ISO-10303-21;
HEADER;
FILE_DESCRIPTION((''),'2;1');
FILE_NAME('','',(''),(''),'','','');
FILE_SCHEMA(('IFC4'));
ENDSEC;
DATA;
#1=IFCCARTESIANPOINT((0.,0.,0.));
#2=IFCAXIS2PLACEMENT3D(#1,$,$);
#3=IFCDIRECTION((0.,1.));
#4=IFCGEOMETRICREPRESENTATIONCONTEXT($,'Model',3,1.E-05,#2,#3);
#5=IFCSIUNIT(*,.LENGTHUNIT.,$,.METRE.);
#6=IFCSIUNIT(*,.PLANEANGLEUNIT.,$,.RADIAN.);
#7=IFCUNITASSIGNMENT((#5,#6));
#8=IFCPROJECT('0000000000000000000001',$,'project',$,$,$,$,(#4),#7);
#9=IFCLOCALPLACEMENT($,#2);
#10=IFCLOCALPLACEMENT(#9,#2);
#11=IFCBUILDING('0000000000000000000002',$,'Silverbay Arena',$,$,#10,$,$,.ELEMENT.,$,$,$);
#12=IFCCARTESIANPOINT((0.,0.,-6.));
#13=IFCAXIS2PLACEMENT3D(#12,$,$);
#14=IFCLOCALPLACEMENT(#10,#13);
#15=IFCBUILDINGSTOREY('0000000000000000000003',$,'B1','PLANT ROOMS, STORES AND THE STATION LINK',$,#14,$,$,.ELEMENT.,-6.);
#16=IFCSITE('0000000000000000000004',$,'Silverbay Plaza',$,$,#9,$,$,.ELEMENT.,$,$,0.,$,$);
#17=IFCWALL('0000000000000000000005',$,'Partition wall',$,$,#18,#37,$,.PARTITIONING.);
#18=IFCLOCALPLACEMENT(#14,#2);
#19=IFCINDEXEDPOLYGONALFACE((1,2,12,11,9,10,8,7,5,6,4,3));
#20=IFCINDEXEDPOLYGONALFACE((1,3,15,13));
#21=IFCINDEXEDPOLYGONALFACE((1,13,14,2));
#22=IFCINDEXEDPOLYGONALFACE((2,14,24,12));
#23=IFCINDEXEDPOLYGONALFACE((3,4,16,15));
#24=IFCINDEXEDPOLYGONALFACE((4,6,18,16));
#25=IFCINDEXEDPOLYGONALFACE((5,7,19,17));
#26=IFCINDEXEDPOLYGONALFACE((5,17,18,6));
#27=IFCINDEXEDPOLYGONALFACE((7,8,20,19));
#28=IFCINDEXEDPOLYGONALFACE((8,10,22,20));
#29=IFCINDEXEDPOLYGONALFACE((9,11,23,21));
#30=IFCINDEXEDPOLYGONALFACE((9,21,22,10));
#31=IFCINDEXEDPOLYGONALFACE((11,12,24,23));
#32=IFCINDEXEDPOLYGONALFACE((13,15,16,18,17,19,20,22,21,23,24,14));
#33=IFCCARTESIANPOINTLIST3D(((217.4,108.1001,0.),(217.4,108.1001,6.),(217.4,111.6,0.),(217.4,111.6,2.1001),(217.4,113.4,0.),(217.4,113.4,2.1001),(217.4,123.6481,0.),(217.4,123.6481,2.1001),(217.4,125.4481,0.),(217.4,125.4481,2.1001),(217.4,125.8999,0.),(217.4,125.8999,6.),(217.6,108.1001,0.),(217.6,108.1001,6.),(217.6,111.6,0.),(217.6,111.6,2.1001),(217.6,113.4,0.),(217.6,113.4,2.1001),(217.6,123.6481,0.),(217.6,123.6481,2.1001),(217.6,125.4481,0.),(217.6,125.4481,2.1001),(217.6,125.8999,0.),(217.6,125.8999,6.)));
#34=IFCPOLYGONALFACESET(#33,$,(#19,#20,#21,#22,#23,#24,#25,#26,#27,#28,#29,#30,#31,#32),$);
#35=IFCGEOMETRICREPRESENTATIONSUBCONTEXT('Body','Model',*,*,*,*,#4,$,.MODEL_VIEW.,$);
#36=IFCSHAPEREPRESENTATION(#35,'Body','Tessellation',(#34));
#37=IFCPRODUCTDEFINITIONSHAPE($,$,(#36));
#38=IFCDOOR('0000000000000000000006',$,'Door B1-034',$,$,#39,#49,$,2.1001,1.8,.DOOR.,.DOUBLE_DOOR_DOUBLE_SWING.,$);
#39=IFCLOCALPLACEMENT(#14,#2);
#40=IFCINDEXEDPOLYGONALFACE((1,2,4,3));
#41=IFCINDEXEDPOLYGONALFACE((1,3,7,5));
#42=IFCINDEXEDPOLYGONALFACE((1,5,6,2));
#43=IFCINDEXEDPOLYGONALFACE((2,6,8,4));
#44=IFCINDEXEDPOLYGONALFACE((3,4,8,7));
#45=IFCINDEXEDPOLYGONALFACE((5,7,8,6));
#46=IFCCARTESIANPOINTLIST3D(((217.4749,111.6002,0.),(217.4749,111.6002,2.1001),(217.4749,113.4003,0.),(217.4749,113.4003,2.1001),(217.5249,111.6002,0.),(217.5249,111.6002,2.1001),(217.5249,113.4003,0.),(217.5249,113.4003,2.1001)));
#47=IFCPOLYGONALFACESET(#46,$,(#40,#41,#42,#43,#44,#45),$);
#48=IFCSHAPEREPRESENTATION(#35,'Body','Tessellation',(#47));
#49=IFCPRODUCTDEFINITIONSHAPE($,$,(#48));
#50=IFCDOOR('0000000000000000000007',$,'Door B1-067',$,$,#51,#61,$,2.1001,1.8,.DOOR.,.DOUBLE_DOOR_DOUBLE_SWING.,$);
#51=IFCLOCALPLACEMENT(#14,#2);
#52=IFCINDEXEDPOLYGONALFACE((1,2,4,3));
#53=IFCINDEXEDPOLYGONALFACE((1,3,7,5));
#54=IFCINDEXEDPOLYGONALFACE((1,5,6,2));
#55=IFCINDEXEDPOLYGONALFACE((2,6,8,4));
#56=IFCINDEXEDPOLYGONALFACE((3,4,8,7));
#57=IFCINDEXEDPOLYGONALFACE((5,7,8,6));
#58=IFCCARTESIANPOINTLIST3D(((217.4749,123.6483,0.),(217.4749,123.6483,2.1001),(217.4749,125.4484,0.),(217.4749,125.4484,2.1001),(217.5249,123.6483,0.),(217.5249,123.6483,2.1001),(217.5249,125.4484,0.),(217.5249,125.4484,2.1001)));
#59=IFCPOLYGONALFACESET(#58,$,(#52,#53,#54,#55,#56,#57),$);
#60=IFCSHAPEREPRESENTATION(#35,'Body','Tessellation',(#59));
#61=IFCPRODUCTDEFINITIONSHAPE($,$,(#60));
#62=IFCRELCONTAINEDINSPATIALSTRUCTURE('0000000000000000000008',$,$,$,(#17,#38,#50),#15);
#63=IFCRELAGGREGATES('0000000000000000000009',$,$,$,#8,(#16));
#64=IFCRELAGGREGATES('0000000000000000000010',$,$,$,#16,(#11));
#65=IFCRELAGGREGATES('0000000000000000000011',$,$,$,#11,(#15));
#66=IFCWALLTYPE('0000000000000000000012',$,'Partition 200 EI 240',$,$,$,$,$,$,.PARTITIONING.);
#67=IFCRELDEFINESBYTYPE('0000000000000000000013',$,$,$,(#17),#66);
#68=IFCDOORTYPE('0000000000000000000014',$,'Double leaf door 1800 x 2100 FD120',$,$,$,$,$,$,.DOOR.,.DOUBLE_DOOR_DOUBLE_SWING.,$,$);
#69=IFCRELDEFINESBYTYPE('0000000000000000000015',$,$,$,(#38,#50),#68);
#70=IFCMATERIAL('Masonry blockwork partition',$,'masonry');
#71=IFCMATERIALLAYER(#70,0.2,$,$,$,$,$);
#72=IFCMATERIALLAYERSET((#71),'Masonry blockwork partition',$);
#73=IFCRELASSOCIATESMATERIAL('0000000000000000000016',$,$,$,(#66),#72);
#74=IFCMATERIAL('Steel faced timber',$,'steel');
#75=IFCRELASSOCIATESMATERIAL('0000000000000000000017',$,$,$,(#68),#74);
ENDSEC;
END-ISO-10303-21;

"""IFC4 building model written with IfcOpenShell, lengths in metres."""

from ifc_helpers import new_model, si_unit, direction, frame, frame_2d, origin, place, context, subcontext, project, spatial, rectangle, extrude, material, layer, layer_set, type_object, element, fill, save


model = new_model("IFC4")

# Units and contexts
model_context = context("Model", 3, precision=1e-05, world=origin(), true_north=direction((0.0, 1.0)))
body_context = subcontext(model_context, "Body", "Model", "MODEL_VIEW")
ifc_project = project(units=[si_unit("LENGTHUNIT", "METRE"), si_unit("PLANEANGLEUNIT", "RADIAN")], contexts=[model_context])

# Site, building, storey
site_placement = place(None, origin())
site = spatial("IfcSite", under=ifc_project, at=site_placement, Name="Silverbay Plaza", CompositionType="ELEMENT", RefElevation=0.0)
building_placement = place(site_placement, origin())
building = spatial("IfcBuilding", under=site, at=building_placement, Name="Silverbay Arena", CompositionType="ELEMENT")
storey_placement = place(building_placement, frame((0.0, 0.0, -6.0)))
storey = spatial("IfcBuildingStorey", under=building, at=storey_placement, Name="B1", Description="PLANT ROOMS, STORES AND THE STATION LINK", CompositionType="ELEMENT", Elevation=-6.0)

# Shared definitions
ifc_material_1 = material(Name="Masonry blockwork partition", Category="masonry")
ifc_layer_1 = layer(ifc_material_1, 0.2)
ifc_layer_set_1 = layer_set([ifc_layer_1], Name="Masonry blockwork partition")
wall_type_1 = type_object("IfcWallType", Name="Partition 200 EI 240", PredefinedType="PARTITIONING", material=ifc_layer_set_1)

# Wall, openings, doors
wall_1_placement = place(storey_placement, frame((217.5, 108.1001, 0.0), z_axis=(0.0, 0.0, 1.0), x_axis=(0.0, 1.0, 0.0)))
wall_1 = element("IfcWall", 1, at=wall_1_placement, inside=storey, type_object=wall_type_1, Name="Partition wall", PredefinedType="PARTITIONING", context=body_context, shape_type="SweptSolid", body=[
    extrude(rectangle(XDim=17.7998, YDim=0.2, at=frame_2d((8.8999, 0.0))), origin(), (0.0, 0.0, 1.0), 6.0),
])
opening_1_placement = place(wall_1_placement, frame((3.5, 0.0, 0.0)))
opening_1 = element("IfcOpeningElement", 2, at=opening_1_placement, cuts=wall_1, PredefinedType="OPENING", context=body_context, shape_type="SweptSolid", body=[
    extrude(rectangle(XDim=1.8, YDim=2.1001, at=frame_2d((0.8999, 1.05))), frame((0.0, 0.1099, 0.0), z_axis=(0.0, -1.0, 0.0), x_axis=(1.0, 0.0, 0.0)), (0.0, 0.0, 1.0), 0.22),
])
opening_2_placement = place(wall_1_placement, frame((15.5481, 0.0, 0.0)))
opening_2 = element("IfcOpeningElement", 3, at=opening_2_placement, cuts=wall_1, PredefinedType="OPENING", context=body_context, shape_type="SweptSolid", body=[
    extrude(rectangle(XDim=1.8, YDim=2.1001, at=frame_2d((0.8999, 1.05))), frame((0.0, 0.1099, 0.0), z_axis=(0.0, -1.0, 0.0), x_axis=(1.0, 0.0, 0.0)), (0.0, 0.0, 1.0), 0.22),
])
ifc_material_2 = material(Name="Steel faced timber", Category="steel")
door_type_1 = type_object("IfcDoorType", Name="Double leaf door 1800 x 2100 FD120", OperationType="DOUBLE_DOOR_DOUBLE_SWING", PredefinedType="DOOR", material=ifc_material_2)
door_1_placement = place(opening_1_placement, frame((1.8, 0.0, 0.0), z_axis=(0.0, 0.0, 1.0), x_axis=(-1.0, 0.0, 0.0)))
door_1 = element("IfcDoor", 4, at=door_1_placement, inside=storey, type_object=door_type_1, Name="Door B1-034", OperationType="DOUBLE_DOOR_DOUBLE_SWING", OverallHeight=2.1001, OverallWidth=1.8, PredefinedType="DOOR", context=body_context, shape_type="SweptSolid", body=[
    extrude(rectangle(XDim=1.8, YDim=2.1001, at=frame_2d((0.8999, 1.05))), frame((0.0, 0.0249, 0.0), z_axis=(0.0, -1.0, 0.0), x_axis=(1.0, 0.0, 0.0)), (0.0, 0.0, 1.0), 0.05),
])
fill(opening_1, door_1)
door_2_placement = place(opening_2_placement, frame((1.8, 0.0, 0.0), z_axis=(0.0, 0.0, 1.0), x_axis=(-1.0, 0.0, 0.0)))
door_2 = element("IfcDoor", 5, at=door_2_placement, inside=storey, type_object=door_type_1, Name="Door B1-067", OperationType="DOUBLE_DOOR_DOUBLE_SWING", OverallHeight=2.1001, OverallWidth=1.8, PredefinedType="DOOR", context=body_context, shape_type="SweptSolid", body=[
    extrude(rectangle(XDim=1.8, YDim=2.1001, at=frame_2d((0.8999, 1.05))), frame((0.0, 0.0249, 0.0), z_axis=(0.0, -1.0, 0.0), x_axis=(1.0, 0.0, 0.0)), (0.0, 0.0, 1.0), 0.05),
])
fill(opening_2, door_2)

save(model, "model.ifc")
